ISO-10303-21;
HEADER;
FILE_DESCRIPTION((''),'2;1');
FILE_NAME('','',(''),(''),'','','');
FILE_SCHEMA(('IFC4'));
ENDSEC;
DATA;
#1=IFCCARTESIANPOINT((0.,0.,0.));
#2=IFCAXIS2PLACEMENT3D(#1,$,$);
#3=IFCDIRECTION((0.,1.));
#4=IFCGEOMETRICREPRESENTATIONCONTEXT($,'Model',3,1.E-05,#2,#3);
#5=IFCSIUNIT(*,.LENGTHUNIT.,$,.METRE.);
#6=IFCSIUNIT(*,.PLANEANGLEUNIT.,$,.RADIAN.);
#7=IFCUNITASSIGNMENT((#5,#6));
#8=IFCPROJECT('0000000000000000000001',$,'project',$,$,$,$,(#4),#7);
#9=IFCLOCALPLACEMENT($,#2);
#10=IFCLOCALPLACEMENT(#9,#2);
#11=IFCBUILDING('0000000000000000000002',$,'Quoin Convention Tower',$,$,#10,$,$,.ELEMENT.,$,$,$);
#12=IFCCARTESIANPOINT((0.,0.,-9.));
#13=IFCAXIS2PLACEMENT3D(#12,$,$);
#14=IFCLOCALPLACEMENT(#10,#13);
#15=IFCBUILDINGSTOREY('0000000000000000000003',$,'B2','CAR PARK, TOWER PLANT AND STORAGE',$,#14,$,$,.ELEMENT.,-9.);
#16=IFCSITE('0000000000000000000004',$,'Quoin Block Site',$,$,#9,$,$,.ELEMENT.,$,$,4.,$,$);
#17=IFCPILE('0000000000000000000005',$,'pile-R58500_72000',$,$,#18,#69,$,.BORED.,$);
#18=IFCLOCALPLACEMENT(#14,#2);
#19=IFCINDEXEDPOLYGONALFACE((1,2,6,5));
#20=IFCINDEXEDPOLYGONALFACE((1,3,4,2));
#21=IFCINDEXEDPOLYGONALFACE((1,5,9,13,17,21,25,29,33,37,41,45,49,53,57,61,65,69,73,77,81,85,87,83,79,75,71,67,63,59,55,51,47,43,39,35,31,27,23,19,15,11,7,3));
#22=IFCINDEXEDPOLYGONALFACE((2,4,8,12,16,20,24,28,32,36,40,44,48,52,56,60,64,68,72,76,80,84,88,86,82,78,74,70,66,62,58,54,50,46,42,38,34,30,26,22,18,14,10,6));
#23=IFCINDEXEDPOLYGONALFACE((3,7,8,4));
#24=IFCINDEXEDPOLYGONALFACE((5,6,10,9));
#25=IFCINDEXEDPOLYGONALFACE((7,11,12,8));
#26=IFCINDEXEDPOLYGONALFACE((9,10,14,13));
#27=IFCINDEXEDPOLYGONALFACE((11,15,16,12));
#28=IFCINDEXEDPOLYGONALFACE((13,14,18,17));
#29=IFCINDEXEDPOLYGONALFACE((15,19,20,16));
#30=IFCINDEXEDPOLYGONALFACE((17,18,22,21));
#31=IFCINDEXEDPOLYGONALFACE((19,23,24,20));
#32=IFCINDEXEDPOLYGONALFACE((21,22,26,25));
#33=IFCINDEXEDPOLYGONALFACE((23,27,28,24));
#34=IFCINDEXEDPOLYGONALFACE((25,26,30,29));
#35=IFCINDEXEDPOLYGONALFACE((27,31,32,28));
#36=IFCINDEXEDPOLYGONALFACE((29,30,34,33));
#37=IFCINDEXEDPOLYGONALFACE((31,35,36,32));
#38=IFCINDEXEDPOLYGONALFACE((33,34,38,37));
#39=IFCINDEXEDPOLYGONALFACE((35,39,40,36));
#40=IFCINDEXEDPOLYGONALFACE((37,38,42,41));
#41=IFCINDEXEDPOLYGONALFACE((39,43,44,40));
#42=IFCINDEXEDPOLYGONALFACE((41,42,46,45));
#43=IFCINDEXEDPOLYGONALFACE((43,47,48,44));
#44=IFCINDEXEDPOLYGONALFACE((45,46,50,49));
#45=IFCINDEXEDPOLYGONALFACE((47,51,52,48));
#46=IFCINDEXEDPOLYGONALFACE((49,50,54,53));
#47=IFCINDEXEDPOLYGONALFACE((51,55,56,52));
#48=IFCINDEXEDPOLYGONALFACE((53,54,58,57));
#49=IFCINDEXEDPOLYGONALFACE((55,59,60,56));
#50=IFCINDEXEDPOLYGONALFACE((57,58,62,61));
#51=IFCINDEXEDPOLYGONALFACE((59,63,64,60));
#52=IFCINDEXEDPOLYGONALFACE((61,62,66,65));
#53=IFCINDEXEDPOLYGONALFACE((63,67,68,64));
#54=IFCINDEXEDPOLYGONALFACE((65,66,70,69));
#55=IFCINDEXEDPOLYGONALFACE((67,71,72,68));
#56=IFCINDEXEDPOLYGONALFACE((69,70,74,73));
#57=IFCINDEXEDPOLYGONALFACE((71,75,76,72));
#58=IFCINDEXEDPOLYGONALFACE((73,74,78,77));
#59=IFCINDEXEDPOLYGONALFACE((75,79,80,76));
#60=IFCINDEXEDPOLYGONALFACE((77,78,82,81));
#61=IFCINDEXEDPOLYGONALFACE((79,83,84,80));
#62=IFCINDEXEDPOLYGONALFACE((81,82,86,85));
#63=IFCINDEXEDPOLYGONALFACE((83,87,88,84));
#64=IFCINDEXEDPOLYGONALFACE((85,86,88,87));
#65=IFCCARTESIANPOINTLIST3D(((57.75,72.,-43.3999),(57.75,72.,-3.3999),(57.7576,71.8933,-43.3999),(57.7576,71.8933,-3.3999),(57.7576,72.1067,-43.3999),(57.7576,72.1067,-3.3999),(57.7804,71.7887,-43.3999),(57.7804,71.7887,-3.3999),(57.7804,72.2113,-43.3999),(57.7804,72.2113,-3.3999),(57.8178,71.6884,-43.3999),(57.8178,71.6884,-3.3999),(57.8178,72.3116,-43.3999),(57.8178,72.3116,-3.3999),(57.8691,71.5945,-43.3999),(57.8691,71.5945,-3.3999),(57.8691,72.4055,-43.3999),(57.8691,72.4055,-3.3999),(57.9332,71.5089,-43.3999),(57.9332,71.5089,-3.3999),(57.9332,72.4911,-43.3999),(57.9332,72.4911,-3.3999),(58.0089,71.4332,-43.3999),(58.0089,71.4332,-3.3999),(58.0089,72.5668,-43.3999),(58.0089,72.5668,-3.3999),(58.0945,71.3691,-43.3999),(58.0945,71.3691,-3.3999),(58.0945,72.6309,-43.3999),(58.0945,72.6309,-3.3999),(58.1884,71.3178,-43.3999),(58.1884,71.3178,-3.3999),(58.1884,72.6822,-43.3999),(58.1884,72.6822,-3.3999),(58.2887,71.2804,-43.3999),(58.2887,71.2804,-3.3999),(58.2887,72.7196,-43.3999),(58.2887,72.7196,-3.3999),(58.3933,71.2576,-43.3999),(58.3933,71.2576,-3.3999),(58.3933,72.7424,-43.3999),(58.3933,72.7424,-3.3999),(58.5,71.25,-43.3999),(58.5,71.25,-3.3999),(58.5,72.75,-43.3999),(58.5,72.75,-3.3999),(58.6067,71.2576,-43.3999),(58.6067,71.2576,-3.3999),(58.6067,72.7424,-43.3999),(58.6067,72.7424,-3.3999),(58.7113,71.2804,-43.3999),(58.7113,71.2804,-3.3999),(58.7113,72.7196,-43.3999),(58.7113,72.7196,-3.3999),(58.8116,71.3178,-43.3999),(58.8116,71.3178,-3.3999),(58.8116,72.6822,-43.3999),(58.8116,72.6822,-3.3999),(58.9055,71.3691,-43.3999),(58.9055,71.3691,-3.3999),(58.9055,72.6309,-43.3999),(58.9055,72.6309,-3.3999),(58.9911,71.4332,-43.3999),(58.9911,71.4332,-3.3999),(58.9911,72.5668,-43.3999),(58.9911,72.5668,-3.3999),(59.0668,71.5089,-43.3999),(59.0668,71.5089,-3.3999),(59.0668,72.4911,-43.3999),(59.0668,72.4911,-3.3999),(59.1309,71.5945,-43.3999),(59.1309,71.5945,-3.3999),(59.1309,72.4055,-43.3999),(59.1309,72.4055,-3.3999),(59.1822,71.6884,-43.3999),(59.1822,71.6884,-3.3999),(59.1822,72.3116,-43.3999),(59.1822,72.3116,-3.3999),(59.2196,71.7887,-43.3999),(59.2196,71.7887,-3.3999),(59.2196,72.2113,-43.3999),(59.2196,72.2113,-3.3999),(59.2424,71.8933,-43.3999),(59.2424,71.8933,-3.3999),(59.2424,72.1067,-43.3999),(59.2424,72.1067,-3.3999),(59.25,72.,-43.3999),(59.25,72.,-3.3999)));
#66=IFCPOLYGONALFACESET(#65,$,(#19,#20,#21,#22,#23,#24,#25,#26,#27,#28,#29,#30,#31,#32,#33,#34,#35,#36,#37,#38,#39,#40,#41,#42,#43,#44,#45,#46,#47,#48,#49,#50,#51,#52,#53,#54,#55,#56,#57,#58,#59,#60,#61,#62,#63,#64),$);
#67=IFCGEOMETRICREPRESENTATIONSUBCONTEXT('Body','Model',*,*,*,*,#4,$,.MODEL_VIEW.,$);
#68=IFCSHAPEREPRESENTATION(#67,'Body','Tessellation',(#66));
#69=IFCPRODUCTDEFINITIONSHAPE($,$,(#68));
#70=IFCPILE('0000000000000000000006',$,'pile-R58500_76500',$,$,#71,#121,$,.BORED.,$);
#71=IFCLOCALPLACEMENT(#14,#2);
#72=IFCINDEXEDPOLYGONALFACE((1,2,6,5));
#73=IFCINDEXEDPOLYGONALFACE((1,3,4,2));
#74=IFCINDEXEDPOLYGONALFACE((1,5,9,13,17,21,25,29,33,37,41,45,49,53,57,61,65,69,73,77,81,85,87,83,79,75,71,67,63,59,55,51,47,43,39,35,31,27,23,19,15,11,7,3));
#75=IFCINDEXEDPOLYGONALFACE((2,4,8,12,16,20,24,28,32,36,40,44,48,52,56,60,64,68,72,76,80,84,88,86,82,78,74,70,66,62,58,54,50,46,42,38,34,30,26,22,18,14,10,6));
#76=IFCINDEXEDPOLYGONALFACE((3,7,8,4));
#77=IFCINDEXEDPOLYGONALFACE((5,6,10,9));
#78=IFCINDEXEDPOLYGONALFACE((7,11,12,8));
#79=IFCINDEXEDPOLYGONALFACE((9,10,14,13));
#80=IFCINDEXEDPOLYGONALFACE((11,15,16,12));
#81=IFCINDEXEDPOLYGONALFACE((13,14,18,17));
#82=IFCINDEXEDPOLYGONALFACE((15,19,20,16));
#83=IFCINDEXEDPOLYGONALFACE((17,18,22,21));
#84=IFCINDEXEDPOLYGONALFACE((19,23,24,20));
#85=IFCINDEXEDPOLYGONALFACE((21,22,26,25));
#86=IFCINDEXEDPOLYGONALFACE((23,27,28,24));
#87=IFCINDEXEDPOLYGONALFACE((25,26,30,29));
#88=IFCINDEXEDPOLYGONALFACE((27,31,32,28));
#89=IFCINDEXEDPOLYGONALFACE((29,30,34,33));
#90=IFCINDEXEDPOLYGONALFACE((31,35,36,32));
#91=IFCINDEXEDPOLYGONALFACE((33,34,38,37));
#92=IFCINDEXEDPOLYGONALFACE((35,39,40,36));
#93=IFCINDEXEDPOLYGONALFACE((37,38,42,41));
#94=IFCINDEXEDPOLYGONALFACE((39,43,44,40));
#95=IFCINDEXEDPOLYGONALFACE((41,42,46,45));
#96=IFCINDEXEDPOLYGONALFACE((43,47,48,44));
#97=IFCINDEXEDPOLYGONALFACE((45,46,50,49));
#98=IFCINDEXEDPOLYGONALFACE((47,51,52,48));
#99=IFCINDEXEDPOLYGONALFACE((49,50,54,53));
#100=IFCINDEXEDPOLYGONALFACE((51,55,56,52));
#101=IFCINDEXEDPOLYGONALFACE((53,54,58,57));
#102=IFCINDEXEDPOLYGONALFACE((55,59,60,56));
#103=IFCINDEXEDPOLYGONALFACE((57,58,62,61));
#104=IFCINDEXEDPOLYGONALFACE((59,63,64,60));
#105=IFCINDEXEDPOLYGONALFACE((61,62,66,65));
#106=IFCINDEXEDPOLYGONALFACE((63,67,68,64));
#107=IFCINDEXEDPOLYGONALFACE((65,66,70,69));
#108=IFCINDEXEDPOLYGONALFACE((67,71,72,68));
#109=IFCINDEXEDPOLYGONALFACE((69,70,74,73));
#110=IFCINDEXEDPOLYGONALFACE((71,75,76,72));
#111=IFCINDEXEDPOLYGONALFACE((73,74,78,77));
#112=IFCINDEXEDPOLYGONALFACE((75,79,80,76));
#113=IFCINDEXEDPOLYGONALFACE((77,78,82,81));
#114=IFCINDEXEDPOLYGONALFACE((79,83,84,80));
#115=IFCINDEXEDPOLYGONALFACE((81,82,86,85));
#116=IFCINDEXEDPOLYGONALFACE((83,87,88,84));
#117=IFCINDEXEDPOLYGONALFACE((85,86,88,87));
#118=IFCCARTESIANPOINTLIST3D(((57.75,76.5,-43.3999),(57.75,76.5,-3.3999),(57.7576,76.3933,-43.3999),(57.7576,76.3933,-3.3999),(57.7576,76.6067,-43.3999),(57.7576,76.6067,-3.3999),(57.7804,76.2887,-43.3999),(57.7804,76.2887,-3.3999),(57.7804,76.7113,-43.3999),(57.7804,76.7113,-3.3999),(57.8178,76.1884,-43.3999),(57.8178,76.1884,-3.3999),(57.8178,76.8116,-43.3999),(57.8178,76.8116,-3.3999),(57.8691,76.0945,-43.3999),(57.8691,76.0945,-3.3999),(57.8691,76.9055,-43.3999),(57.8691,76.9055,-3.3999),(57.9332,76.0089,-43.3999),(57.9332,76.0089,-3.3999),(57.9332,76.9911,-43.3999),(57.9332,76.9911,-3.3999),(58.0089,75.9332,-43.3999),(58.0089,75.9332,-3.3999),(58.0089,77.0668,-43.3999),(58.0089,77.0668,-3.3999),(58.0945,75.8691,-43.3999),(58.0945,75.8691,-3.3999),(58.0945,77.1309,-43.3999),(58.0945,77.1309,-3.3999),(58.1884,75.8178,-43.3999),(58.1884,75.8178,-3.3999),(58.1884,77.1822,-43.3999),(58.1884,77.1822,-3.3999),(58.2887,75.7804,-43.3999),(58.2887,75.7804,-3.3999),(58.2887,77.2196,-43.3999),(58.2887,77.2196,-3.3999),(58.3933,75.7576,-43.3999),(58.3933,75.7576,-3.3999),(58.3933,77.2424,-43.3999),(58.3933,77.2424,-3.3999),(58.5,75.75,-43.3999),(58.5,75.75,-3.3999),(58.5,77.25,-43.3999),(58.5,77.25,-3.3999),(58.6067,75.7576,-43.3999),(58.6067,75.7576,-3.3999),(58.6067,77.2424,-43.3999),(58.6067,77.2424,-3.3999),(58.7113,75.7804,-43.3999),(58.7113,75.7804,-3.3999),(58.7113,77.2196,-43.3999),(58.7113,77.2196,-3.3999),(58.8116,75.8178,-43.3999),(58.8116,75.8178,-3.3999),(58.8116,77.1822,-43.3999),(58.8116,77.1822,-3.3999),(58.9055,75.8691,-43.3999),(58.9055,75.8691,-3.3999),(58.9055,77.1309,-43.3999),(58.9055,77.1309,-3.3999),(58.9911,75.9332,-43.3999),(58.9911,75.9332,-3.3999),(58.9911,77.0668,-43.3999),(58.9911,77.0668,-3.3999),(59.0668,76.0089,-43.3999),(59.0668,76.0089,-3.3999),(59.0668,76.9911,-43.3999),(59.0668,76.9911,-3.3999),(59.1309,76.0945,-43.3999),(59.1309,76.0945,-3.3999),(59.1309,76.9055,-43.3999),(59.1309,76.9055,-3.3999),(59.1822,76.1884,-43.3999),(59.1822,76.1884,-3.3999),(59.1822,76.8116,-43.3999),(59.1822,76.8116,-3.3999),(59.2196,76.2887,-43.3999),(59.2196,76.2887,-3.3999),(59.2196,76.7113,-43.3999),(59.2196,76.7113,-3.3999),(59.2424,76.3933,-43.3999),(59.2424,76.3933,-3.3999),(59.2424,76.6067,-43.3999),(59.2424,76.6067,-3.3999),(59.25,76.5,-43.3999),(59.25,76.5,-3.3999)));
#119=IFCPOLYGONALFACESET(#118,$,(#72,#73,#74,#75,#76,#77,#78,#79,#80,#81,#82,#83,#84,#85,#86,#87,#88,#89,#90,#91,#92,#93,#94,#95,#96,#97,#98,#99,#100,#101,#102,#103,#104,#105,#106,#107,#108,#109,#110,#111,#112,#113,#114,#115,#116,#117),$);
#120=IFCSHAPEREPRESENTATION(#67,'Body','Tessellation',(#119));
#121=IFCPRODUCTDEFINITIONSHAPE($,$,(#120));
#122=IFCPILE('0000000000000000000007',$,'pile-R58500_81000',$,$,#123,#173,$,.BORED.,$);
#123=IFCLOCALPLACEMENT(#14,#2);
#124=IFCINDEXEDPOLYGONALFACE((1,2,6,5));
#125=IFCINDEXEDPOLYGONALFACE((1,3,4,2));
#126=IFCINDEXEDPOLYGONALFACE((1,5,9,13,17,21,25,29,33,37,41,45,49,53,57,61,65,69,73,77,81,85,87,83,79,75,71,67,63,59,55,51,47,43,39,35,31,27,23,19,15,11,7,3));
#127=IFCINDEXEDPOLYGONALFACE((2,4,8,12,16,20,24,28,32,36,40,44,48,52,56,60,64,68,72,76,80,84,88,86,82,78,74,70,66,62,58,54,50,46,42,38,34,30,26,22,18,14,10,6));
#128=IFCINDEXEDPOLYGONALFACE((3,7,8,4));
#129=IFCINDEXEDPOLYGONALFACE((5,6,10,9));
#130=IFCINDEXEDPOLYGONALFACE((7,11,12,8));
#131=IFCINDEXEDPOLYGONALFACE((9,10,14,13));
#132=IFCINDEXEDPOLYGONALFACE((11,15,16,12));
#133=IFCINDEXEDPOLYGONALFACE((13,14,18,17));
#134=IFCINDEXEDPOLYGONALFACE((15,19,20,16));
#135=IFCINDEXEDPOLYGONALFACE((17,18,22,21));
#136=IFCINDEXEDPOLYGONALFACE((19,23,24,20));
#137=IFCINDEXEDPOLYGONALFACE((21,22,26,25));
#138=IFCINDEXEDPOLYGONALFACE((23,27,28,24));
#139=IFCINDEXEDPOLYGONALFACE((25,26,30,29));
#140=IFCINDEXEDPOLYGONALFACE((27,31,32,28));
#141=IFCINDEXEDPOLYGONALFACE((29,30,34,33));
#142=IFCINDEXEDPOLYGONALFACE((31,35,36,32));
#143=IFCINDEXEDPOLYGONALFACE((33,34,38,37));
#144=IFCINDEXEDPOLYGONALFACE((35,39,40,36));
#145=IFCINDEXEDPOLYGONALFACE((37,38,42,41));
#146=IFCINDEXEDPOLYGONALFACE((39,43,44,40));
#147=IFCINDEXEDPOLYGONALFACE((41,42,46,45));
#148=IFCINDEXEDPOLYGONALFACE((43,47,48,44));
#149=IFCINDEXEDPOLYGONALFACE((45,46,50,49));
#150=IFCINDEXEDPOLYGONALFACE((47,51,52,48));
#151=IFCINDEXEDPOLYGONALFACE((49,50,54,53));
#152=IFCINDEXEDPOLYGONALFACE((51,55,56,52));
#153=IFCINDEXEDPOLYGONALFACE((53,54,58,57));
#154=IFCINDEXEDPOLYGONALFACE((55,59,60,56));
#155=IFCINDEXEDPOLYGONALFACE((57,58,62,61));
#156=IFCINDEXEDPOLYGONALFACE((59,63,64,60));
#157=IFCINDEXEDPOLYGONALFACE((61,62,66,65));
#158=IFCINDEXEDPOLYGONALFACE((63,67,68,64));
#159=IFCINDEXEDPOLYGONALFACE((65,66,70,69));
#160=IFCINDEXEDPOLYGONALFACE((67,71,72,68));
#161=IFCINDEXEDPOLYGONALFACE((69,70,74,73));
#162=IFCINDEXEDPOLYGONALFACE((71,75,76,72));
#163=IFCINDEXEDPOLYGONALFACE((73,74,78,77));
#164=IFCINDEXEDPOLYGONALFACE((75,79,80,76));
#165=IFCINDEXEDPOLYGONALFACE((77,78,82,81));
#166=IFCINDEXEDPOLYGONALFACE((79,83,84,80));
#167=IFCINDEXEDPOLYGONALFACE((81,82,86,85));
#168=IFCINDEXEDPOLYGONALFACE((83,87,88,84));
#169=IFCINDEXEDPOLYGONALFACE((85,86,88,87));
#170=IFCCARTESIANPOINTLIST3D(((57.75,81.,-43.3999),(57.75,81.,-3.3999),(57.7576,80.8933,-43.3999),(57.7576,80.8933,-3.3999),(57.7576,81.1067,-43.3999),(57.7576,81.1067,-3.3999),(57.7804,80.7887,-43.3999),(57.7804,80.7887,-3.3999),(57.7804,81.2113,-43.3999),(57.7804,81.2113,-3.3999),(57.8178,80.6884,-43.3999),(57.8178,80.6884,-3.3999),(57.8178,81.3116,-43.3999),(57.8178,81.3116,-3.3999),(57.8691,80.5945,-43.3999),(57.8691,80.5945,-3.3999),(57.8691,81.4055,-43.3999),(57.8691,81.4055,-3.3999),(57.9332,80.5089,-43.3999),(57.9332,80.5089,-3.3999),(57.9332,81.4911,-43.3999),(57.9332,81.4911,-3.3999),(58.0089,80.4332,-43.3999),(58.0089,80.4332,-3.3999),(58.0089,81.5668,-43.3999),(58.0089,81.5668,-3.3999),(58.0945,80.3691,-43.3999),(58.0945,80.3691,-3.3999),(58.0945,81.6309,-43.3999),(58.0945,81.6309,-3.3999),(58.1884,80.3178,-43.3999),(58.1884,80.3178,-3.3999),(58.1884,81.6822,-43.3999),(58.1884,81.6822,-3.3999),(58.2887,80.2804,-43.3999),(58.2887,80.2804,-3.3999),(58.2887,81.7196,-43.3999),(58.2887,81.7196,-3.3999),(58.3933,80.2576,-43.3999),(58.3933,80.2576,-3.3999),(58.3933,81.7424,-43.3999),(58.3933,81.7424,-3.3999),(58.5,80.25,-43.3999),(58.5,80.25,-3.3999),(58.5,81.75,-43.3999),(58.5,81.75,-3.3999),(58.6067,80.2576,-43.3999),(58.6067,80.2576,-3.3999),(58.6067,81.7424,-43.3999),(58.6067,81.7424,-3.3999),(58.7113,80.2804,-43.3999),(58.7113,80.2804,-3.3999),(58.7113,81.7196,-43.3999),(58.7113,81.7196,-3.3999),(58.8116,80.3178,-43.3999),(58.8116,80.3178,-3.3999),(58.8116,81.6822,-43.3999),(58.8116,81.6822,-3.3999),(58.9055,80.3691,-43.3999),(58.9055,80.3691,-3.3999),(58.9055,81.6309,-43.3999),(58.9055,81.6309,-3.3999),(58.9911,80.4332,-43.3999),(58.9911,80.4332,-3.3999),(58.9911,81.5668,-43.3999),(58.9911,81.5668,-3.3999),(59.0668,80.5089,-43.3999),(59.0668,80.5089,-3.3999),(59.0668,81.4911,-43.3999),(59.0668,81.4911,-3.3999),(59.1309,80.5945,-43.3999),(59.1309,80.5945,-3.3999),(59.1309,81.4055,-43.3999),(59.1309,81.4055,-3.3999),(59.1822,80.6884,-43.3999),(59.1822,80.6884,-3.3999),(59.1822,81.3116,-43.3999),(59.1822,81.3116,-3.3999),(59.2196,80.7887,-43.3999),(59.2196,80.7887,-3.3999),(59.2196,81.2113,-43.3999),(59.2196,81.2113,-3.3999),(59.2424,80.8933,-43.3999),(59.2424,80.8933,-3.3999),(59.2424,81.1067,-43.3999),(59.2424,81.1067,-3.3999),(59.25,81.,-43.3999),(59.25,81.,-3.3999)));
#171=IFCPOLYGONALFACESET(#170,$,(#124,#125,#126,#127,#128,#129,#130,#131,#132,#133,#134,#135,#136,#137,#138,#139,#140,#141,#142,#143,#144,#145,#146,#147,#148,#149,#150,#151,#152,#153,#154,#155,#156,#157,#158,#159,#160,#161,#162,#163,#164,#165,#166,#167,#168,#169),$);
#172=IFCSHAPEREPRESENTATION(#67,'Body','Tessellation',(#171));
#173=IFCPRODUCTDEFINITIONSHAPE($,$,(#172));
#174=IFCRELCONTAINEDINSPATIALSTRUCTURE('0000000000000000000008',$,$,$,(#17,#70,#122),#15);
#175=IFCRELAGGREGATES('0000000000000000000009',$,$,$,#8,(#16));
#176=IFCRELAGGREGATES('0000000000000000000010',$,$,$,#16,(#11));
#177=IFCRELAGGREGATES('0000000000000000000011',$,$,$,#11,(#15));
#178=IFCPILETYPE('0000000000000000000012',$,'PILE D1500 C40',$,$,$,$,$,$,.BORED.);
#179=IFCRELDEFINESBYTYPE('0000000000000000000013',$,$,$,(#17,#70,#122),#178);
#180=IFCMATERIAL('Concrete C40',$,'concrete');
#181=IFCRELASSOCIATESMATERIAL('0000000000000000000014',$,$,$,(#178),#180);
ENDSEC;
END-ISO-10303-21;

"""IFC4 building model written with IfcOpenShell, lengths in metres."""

from ifc_helpers import new_model, si_unit, direction, frame, origin, origin_2d, place, context, subcontext, project, spatial, circle, extrude, material, material_profile, profile_set, type_object, element, save


model = new_model("IFC4")

# Units and contexts
model_context = context("Model", 3, precision=1e-05, world=origin(), true_north=direction((0.0, 1.0)))
body_context = subcontext(model_context, "Body", "Model", "MODEL_VIEW")
ifc_project = project(units=[si_unit("LENGTHUNIT", "METRE"), si_unit("PLANEANGLEUNIT", "RADIAN")], contexts=[model_context])

# Site, building, storey
site_placement = place(None, origin())
site = spatial("IfcSite", under=ifc_project, at=site_placement, Name="Quoin Block Site", CompositionType="ELEMENT", RefElevation=4.0)
building_placement = place(site_placement, origin())
building = spatial("IfcBuilding", under=site, at=building_placement, Name="Quoin Convention Tower", CompositionType="ELEMENT")
storey_placement = place(building_placement, frame((0.0, 0.0, -9.0)))
storey = spatial("IfcBuildingStorey", under=building, at=storey_placement, Name="B2", Description="CAR PARK, TOWER PLANT AND STORAGE", CompositionType="ELEMENT", Elevation=-9.0)

# Piles
ifc_material_1 = material(Name="Concrete C40", Category="concrete")
ifc_material_profile_1 = material_profile(ifc_material_1, circle(Radius=0.75, at=origin_2d()), Name="D1500")
ifc_profile_set_1 = profile_set([ifc_material_profile_1], Name="Concrete C40")
pile_type = type_object("IfcPileType", Name="PILE D1500 C40", PredefinedType="BORED", material=ifc_profile_set_1)
for number, where, z_axis, x_axis, name in (
    (1, (58.5, 72.0, -3.3999), (0.0, 0.0, -1.0), (1.0, 0.0, 0.0), "pile-R58500_72000"),
    (2, (58.5, 76.5, -3.3999), (0.0, 0.0, -1.0), (1.0, 0.0, 0.0), "pile-R58500_76500"),
    (3, (58.5, 81.0, -3.3999), (0.0, 0.0, -1.0), (1.0, 0.0, 0.0), "pile-R58500_81000"),
):
    element("IfcPile", number, at=place(storey_placement, frame(where, z_axis=z_axis, x_axis=x_axis)), inside=storey, type_object=pile_type, Name=name, PredefinedType="BORED", context=body_context, shape_type="SweptSolid", body=[
        extrude(circle(Radius=0.75, at=origin_2d()), origin(), (0.0, 0.0, 1.0), 40.0),
    ])

save(model, "model.ifc")
